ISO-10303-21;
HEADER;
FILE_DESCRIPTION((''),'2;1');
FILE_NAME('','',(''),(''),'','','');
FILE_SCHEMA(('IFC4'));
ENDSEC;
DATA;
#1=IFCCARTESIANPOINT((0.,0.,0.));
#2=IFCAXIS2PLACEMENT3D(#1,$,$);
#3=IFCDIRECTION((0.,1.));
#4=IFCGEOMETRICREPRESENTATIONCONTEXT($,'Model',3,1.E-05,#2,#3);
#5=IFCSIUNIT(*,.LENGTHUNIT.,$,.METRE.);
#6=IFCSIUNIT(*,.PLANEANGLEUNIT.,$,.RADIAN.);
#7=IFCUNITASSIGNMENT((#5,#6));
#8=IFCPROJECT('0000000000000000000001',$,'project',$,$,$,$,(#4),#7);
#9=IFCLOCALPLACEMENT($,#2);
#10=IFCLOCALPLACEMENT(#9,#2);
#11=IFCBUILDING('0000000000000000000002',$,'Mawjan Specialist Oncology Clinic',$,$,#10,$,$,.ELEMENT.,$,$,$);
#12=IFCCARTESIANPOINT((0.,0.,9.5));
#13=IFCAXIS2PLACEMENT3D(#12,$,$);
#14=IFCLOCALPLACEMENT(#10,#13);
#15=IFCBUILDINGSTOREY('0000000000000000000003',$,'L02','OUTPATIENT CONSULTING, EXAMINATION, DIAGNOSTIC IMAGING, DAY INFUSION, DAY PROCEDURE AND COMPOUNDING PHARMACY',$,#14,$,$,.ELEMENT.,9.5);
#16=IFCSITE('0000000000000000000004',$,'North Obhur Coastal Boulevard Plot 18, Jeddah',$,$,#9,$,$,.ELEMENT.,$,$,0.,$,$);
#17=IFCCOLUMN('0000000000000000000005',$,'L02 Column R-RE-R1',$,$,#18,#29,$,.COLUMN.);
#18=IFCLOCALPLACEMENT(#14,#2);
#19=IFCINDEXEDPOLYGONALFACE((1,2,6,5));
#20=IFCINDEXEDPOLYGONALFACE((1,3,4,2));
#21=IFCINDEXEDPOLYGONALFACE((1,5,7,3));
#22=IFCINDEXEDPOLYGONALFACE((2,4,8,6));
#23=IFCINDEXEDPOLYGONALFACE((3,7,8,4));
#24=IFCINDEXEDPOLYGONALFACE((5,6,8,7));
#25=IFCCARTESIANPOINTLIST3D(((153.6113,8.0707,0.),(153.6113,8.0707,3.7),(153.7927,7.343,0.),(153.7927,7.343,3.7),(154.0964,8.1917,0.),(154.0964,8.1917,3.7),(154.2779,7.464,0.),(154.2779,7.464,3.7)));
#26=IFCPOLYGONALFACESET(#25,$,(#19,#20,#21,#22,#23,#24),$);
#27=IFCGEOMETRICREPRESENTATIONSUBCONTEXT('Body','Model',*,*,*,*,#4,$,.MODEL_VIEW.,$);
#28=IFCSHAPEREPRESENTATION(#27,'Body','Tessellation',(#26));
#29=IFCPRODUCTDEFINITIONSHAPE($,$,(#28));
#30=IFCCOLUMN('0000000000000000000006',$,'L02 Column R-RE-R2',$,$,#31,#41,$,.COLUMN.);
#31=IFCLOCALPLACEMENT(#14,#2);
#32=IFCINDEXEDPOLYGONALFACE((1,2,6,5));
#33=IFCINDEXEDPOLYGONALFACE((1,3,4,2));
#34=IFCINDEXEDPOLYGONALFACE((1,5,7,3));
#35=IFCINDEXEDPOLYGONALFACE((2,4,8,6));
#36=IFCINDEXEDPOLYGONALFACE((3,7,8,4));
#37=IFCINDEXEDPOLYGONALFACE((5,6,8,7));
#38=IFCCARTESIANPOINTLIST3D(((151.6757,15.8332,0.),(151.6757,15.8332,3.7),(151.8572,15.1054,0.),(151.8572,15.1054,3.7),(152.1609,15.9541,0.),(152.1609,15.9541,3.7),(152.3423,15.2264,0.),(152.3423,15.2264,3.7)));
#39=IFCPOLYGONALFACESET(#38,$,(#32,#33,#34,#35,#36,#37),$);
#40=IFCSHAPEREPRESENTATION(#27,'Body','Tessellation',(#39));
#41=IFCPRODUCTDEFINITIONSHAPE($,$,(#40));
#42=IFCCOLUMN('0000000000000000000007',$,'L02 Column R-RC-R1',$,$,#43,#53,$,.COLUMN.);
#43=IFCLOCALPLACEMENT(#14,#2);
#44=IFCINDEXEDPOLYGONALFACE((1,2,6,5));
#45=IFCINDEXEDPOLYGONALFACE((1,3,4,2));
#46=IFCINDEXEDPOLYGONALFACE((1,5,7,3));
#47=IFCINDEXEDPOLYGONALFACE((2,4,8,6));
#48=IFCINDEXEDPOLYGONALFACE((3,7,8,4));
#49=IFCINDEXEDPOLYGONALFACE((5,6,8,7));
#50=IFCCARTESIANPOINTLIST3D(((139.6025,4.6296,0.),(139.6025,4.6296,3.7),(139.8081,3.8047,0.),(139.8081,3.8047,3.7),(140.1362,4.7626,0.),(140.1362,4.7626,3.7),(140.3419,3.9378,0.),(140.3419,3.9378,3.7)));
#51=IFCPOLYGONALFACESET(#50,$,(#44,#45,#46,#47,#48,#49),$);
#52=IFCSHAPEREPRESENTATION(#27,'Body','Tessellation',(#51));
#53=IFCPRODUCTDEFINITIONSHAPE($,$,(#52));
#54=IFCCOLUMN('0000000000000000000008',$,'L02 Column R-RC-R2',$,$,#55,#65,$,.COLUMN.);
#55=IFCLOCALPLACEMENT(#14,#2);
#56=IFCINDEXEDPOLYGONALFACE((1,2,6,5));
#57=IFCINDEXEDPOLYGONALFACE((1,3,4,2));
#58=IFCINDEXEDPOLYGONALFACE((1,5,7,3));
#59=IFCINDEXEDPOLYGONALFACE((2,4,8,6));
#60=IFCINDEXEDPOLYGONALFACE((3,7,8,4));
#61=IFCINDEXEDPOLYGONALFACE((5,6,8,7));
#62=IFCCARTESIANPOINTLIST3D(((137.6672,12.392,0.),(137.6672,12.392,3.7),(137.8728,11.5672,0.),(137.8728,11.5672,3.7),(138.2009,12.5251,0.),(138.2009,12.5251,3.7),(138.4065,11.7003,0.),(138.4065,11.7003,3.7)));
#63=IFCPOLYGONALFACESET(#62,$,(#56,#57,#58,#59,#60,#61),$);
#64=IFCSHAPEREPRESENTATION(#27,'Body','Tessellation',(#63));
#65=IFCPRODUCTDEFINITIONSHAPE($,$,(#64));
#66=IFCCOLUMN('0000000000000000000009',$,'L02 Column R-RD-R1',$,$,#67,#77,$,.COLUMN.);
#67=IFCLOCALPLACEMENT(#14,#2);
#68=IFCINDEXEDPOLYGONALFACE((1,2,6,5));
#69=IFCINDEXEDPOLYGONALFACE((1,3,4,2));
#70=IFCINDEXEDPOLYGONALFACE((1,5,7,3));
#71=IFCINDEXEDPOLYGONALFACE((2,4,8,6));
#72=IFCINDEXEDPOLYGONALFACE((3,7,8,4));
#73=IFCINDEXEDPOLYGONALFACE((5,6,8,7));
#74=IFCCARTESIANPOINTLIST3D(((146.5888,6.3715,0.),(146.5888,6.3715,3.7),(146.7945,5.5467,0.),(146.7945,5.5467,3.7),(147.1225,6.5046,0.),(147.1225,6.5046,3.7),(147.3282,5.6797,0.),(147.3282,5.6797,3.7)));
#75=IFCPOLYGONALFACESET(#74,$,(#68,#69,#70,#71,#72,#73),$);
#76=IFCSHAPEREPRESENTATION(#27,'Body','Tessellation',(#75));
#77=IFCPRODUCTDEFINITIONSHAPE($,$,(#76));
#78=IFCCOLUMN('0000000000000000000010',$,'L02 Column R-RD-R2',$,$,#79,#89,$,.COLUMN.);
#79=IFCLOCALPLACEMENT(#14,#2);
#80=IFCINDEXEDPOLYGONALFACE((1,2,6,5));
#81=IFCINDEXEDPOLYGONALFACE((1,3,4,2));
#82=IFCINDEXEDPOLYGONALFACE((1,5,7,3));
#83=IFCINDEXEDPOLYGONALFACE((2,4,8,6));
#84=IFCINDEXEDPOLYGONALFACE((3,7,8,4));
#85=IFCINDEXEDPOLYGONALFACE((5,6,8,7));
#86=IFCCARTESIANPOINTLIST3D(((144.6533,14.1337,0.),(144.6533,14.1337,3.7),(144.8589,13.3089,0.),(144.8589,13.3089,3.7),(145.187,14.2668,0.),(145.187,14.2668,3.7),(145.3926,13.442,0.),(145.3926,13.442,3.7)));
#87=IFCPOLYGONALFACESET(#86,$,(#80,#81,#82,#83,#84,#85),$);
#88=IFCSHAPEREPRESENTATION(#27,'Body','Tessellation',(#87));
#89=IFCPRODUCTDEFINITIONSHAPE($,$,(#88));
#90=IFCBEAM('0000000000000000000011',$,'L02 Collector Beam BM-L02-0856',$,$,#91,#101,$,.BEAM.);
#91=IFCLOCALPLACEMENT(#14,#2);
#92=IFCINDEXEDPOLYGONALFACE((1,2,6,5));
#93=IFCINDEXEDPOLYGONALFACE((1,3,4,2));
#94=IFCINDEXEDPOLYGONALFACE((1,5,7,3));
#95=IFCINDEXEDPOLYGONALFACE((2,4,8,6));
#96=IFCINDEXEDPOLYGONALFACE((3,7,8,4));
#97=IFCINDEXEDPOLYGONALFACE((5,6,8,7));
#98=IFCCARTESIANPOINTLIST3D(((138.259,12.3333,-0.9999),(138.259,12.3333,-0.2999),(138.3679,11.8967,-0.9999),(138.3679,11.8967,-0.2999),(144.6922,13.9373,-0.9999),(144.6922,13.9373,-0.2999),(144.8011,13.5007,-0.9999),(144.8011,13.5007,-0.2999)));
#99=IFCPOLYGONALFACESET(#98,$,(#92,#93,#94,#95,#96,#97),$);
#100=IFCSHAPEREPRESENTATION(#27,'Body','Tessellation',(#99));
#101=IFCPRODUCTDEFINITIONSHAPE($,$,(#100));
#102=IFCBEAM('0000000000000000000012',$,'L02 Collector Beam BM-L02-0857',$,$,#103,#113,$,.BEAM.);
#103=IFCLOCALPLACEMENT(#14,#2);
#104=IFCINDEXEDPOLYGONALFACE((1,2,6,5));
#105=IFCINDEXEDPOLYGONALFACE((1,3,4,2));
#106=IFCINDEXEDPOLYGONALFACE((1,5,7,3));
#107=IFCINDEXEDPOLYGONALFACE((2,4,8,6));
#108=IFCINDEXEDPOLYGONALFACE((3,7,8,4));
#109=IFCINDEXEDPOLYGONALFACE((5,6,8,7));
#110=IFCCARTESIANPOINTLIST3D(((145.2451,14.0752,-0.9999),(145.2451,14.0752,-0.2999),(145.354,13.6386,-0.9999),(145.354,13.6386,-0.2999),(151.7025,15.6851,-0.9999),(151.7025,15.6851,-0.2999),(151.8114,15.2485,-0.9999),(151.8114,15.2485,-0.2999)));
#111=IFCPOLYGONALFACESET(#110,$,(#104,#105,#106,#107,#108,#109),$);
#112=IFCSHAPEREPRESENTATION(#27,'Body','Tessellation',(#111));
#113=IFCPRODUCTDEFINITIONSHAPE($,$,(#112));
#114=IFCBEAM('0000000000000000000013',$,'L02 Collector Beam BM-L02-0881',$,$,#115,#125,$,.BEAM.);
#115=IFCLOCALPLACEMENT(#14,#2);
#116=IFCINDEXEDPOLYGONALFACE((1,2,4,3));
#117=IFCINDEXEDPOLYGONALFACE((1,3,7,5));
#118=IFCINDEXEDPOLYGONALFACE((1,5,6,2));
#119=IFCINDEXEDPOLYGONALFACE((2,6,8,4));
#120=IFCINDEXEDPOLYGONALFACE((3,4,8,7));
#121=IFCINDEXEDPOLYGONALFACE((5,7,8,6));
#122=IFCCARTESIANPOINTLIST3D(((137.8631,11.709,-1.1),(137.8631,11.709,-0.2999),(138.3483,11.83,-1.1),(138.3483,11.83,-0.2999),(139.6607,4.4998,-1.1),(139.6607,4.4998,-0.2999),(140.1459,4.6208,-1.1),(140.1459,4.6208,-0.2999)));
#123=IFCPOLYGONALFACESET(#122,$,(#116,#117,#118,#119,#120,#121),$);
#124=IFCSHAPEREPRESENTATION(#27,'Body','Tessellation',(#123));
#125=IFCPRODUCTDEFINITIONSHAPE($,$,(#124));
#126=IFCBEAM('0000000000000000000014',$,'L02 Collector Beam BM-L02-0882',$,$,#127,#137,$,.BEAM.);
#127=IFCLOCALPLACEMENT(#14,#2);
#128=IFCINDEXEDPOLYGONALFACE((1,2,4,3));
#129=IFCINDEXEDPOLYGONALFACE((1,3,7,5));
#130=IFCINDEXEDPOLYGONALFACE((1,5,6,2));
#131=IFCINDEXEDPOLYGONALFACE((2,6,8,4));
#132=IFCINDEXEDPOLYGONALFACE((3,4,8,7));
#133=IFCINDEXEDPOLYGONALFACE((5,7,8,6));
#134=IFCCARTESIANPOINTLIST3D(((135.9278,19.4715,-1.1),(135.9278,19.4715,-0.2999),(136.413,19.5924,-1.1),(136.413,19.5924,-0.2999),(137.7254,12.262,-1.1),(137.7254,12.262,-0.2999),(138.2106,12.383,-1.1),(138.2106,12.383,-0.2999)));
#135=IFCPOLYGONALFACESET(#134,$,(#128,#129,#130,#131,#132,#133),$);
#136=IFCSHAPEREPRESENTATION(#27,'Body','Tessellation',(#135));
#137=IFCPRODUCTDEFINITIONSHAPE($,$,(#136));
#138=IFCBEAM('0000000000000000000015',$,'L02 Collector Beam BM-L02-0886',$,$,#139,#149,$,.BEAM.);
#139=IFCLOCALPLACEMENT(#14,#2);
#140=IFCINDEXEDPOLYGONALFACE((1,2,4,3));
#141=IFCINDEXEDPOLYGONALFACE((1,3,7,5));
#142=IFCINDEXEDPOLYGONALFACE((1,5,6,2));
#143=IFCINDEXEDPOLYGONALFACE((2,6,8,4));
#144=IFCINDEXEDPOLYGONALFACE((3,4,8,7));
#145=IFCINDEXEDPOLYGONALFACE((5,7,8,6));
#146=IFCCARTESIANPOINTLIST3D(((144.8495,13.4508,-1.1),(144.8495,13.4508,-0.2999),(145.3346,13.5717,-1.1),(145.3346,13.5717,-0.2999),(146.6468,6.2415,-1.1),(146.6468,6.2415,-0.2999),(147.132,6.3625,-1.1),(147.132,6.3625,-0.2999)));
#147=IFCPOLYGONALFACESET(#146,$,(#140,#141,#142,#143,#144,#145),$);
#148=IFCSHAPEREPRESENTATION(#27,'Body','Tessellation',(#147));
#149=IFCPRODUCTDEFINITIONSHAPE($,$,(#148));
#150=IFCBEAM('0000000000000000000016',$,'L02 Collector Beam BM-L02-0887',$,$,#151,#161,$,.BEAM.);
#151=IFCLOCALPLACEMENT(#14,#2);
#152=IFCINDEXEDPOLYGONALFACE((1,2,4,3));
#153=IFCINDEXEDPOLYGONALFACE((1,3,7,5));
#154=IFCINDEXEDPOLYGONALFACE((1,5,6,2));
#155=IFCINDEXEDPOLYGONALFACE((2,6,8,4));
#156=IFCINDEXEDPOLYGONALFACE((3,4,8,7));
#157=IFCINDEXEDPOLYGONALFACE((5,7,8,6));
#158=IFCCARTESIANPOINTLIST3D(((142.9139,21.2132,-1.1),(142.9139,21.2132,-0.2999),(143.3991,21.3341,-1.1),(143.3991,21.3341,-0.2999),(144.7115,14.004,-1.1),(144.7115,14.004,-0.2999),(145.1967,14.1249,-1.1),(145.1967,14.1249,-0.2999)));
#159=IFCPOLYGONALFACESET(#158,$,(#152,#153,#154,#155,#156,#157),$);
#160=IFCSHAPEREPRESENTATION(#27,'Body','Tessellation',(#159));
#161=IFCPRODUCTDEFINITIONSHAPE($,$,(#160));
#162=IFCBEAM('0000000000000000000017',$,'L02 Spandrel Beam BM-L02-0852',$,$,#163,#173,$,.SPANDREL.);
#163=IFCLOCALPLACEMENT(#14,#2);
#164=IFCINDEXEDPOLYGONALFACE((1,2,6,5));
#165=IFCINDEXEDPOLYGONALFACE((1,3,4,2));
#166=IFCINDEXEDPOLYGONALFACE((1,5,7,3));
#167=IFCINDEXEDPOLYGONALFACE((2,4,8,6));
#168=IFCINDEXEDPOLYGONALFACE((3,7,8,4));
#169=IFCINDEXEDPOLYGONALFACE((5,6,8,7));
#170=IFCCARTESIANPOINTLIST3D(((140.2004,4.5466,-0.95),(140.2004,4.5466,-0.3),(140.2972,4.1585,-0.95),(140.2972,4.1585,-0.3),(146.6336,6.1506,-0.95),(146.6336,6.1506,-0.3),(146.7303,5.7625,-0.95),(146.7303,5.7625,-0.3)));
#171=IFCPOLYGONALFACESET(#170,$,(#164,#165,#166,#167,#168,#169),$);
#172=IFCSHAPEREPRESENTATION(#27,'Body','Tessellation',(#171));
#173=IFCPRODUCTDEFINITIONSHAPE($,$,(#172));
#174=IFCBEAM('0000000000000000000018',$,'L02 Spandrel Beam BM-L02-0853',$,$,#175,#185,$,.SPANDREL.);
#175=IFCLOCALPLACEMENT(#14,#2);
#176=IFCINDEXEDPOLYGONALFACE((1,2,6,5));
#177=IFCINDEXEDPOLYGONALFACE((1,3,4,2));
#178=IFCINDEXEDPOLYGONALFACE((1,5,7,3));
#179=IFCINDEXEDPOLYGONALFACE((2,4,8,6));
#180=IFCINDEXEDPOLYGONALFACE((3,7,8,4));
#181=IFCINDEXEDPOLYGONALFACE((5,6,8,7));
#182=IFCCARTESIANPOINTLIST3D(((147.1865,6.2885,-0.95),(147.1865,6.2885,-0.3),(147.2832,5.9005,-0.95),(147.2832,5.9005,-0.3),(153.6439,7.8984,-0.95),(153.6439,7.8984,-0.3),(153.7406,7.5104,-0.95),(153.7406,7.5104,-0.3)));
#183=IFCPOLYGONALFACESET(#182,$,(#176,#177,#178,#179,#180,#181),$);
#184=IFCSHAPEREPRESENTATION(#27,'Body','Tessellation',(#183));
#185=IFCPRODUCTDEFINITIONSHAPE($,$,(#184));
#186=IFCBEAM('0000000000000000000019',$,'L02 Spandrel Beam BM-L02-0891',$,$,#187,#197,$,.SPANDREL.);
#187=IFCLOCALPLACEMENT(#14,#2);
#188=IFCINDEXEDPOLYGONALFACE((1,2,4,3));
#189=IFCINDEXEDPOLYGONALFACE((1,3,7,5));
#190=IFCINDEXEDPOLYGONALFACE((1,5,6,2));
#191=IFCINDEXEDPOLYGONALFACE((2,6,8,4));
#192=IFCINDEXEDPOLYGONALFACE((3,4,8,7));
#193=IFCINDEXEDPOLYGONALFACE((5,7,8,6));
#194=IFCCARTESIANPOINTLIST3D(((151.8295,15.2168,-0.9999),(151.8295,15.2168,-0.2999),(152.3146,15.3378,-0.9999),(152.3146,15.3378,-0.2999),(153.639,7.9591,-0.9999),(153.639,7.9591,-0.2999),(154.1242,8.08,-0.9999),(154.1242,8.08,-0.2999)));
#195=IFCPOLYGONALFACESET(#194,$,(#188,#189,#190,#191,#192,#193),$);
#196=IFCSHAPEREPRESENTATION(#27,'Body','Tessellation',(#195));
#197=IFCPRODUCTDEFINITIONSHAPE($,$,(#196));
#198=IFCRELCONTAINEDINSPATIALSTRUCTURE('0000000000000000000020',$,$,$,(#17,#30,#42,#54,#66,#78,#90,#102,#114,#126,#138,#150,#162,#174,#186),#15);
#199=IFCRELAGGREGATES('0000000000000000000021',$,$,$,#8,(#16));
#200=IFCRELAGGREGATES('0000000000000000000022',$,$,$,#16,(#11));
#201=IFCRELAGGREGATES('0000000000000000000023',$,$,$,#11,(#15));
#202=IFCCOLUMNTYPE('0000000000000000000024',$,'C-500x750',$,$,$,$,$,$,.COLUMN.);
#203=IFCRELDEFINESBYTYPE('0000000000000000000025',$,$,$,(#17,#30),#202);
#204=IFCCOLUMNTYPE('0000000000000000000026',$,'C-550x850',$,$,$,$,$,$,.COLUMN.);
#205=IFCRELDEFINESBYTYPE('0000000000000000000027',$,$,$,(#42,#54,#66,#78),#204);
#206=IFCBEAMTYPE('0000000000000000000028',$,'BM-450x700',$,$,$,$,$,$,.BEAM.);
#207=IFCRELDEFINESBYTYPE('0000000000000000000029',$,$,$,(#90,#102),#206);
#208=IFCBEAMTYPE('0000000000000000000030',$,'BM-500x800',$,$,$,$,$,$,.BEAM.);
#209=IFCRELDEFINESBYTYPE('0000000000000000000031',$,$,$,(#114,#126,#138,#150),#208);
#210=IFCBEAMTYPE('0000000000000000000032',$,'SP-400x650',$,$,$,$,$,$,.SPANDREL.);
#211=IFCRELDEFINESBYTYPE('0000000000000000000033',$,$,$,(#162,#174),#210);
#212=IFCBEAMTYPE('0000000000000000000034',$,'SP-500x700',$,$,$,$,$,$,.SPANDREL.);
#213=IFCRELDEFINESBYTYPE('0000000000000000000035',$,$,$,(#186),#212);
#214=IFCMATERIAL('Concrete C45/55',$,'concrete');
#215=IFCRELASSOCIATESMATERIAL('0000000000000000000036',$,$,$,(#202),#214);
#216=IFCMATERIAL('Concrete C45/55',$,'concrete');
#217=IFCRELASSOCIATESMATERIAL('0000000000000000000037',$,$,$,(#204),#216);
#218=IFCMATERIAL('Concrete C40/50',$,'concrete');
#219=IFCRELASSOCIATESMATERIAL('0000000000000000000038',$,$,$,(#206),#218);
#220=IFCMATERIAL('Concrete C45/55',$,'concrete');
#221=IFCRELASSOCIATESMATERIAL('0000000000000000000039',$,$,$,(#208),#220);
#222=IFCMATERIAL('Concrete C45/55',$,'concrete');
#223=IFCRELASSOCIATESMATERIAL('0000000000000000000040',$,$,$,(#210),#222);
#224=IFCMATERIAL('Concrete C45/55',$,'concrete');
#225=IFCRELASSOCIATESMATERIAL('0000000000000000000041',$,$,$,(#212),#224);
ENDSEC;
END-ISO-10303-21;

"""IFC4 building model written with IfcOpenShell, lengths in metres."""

from ifc_helpers import new_model, si_unit, direction, frame, origin, origin_2d, place, context, subcontext, project, spatial, rectangle, extrude, material, material_profile, profile_set, type_object, element, save


model = new_model("IFC4")

# Units and contexts
model_context = context("Model", 3, precision=1e-05, world=origin(), true_north=direction((0.0, 1.0)))
body_context = subcontext(model_context, "Body", "Model", "MODEL_VIEW")
ifc_project = project(units=[si_unit("LENGTHUNIT", "METRE"), si_unit("PLANEANGLEUNIT", "RADIAN")], contexts=[model_context])

# Site, building, storey
site_placement = place(None, origin())
site = spatial("IfcSite", under=ifc_project, at=site_placement, Name="North Obhur Coastal Boulevard Plot 18, Jeddah", CompositionType="ELEMENT", RefElevation=0.0)
building_placement = place(site_placement, origin())
building = spatial("IfcBuilding", under=site, at=building_placement, Name="Mawjan Specialist Oncology Clinic", CompositionType="ELEMENT")
storey_placement = place(building_placement, frame((0.0, 0.0, 9.5)))
storey = spatial("IfcBuildingStorey", under=building, at=storey_placement, Name="L02", Description="OUTPATIENT CONSULTING, EXAMINATION, DIAGNOSTIC IMAGING, DAY INFUSION, DAY PROCEDURE AND COMPOUNDING PHARMACY", CompositionType="ELEMENT", Elevation=9.5)

# Columns
ifc_material_1 = material(Name="Concrete C45/55", Category="concrete")
ifc_material_profile_1 = material_profile(ifc_material_1, rectangle(XDim=0.5, YDim=0.75, at=origin_2d()), Name="RC COL 500x750", Category="concrete")
ifc_profile_set_1 = profile_set([ifc_material_profile_1], Name="Concrete C45/55")
column_type_1 = type_object("IfcColumnType", Name="C-500x750", PredefinedType="COLUMN", material=ifc_profile_set_1)
for number, where, z_axis, x_axis, name in (
    (1, (153.9446, 7.7673, 0.0), (0.0, 0.0, 1.0), (0.970296, 0.241922, 0.0), "L02 Column R-RE-R1"),
    (2, (152.009, 15.5298, 0.0), (0.0, 0.0, 1.0), (0.970296, 0.241922, 0.0), "L02 Column R-RE-R2"),
):
    element("IfcColumn", number, at=place(storey_placement, frame(where, z_axis=z_axis, x_axis=x_axis)), inside=storey, type_object=column_type_1, Name=name, PredefinedType="COLUMN", context=body_context, shape_type="SweptSolid", body=[
        extrude(rectangle(XDim=0.5, YDim=0.75, at=origin_2d()), origin(), (0.0, 0.0, 1.0), 3.7),
    ])
ifc_material_2 = material(Name="Concrete C45/55", Category="concrete")
ifc_material_profile_2 = material_profile(ifc_material_2, rectangle(XDim=0.55, YDim=0.8501, at=origin_2d()), Name="RC COL 550x850", Category="concrete")
ifc_profile_set_2 = profile_set([ifc_material_profile_2], Name="Concrete C45/55")
column_type_2 = type_object("IfcColumnType", Name="C-550x850", PredefinedType="COLUMN", material=ifc_profile_set_2)
for number, where, z_axis, x_axis, name in (
    (3, (139.9722, 4.2837, 0.0), (0.0, 0.0, 1.0), (0.970296, 0.241922, 0.0), "L02 Column R-RC-R1"),
    (4, (138.0369, 12.0461, 0.0), (0.0, 0.0, 1.0), (0.970296, 0.241922, 0.0), "L02 Column R-RC-R2"),
    (5, (146.9585, 6.0256, 0.0), (0.0, 0.0, 1.0), (0.970296, 0.241922, 0.0), "L02 Column R-RD-R1"),
    (6, (145.0229, 13.7878, 0.0), (0.0, 0.0, 1.0), (0.970296, 0.241922, 0.0), "L02 Column R-RD-R2"),
):
    element("IfcColumn", number, at=place(storey_placement, frame(where, z_axis=z_axis, x_axis=x_axis)), inside=storey, type_object=column_type_2, Name=name, PredefinedType="COLUMN", context=body_context, shape_type="SweptSolid", body=[
        extrude(rectangle(XDim=0.55, YDim=0.8501, at=origin_2d()), origin(), (0.0, 0.0, 1.0), 3.7),
    ])

# Beams
ifc_material_3 = material(Name="Concrete C40/50", Category="concrete")
ifc_material_profile_3 = material_profile(ifc_material_3, rectangle(XDim=0.45, YDim=0.7, at=origin_2d()), Name="RC BM 450x700", Category="concrete")
ifc_profile_set_3 = profile_set([ifc_material_profile_3], Name="Concrete C40/50")
beam_type_1 = type_object("IfcBeamType", Name="BM-450x700", PredefinedType="BEAM", material=ifc_profile_set_3)
beam_1_placement = place(storey_placement, frame((138.3135, 12.115, -0.6499), z_axis=(0.970294, 0.241929, 0.0), x_axis=(-0.241929, 0.970294, 0.0)))
element("IfcBeam", 7, at=beam_1_placement, inside=storey, type_object=beam_type_1, Name="L02 Collector Beam BM-L02-0856", PredefinedType="BEAM", context=body_context, shape_type="SweptSolid", body=[
    extrude(rectangle(XDim=0.45, YDim=0.7, at=origin_2d()), origin(), (0.0, 0.0, 1.0), 6.6301),
])
beam_2_placement = place(storey_placement, frame((145.2996, 13.8569, -0.6499), z_axis=(0.9703, 0.241905, 0.0), x_axis=(-0.241905, 0.9703, 0.0)))
element("IfcBeam", 8, at=beam_2_placement, inside=storey, type_object=beam_type_1, Name="L02 Collector Beam BM-L02-0857", PredefinedType="BEAM", context=body_context, shape_type="SweptSolid", body=[
    extrude(rectangle(XDim=0.45, YDim=0.7, at=origin_2d()), origin(), (0.0, 0.0, 1.0), 6.655),
])
ifc_material_4 = material(Name="Concrete C45/55", Category="concrete")
ifc_material_profile_4 = material_profile(ifc_material_4, rectangle(XDim=0.5, YDim=0.8, at=origin_2d()), Name="RC BM 500x800", Category="concrete")
ifc_profile_set_4 = profile_set([ifc_material_profile_4], Name="Concrete C45/55")
beam_type_2 = type_object("IfcBeamType", Name="BM-500x800", PredefinedType="BEAM", material=ifc_profile_set_4)
beam_3_placement = place(storey_placement, frame((139.9033, 4.5603, -0.7), z_axis=(-0.24194, 0.970291, 0.0), x_axis=(-0.970291, -0.24194, 0.0)))
element("IfcBeam", 9, at=beam_3_placement, inside=storey, type_object=beam_type_2, Name="L02 Collector Beam BM-L02-0881", PredefinedType="BEAM", context=body_context, shape_type="SweptSolid", body=[
    extrude(rectangle(XDim=0.5, YDim=0.8, at=origin_2d()), origin(), (0.0, 0.0, 1.0), 7.4299),
])
beam_4_placement = place(storey_placement, frame((137.968, 12.3225, -0.7), z_axis=(-0.241933, 0.970293, 0.0), x_axis=(-0.970293, -0.241933, 0.0)))
element("IfcBeam", 10, at=beam_4_placement, inside=storey, type_object=beam_type_2, Name="L02 Collector Beam BM-L02-0882", PredefinedType="BEAM", context=body_context, shape_type="SweptSolid", body=[
    extrude(rectangle(XDim=0.5, YDim=0.8, at=origin_2d()), origin(), (0.0, 0.0, 1.0), 7.4302),
])
for number, where, z_axis, x_axis, name in (
    (11, (146.8894, 6.302, -0.7), (-0.241909, 0.970299, 0.0), (-0.970299, -0.241909, 0.0), "L02 Collector Beam BM-L02-0886"),
    (12, (144.9541, 14.0645, -0.7), (-0.24194, 0.970291, 0.0), (-0.970291, -0.24194, 0.0), "L02 Collector Beam BM-L02-0887"),
):
    element("IfcBeam", number, at=place(storey_placement, frame(where, z_axis=z_axis, x_axis=x_axis)), inside=storey, type_object=beam_type_2, Name=name, PredefinedType="BEAM", context=body_context, shape_type="SweptSolid", body=[
        extrude(rectangle(XDim=0.5, YDim=0.8, at=origin_2d()), origin(), (0.0, 0.0, 1.0), 7.4299),
    ])
ifc_material_5 = material(Name="Concrete C45/55", Category="concrete")
ifc_material_profile_5 = material_profile(ifc_material_5, rectangle(XDim=0.3999, YDim=0.6499, at=origin_2d()), Name="RC BM 400x650", Category="concrete")
ifc_profile_set_5 = profile_set([ifc_material_profile_5], Name="Concrete C45/55")
beam_type_3 = type_object("IfcBeamType", Name="SP-400x650", PredefinedType="SPANDREL", material=ifc_profile_set_5)
beam_5_placement = place(storey_placement, frame((140.2488, 4.3525, -0.625), z_axis=(0.970294, 0.241929, 0.0), x_axis=(-0.241929, 0.970294, 0.0)))
element("IfcBeam", 13, at=beam_5_placement, inside=storey, type_object=beam_type_3, Name="L02 Spandrel Beam BM-L02-0852", PredefinedType="SPANDREL", context=body_context, shape_type="SweptSolid", body=[
    extrude(rectangle(XDim=0.3999, YDim=0.6499, at=origin_2d()), origin(), (0.0, 0.0, 1.0), 6.6301),
])
beam_6_placement = place(storey_placement, frame((147.2349, 6.0945, -0.625), z_axis=(0.9703, 0.241905, 0.0), x_axis=(-0.241905, 0.9703, 0.0)))
element("IfcBeam", 14, at=beam_6_placement, inside=storey, type_object=beam_type_3, Name="L02 Spandrel Beam BM-L02-0853", PredefinedType="SPANDREL", context=body_context, shape_type="SweptSolid", body=[
    extrude(rectangle(XDim=0.3999, YDim=0.6499, at=origin_2d()), origin(), (0.0, 0.0, 1.0), 6.655),
])
ifc_material_6 = material(Name="Concrete C45/55", Category="concrete")
ifc_material_profile_6 = material_profile(ifc_material_6, rectangle(XDim=0.5, YDim=0.7, at=origin_2d()), Name="RC BM 500x700", Category="concrete")
ifc_profile_set_6 = profile_set([ifc_material_profile_6], Name="Concrete C45/55")
beam_type_4 = type_object("IfcBeamType", Name="SP-500x700", PredefinedType="SPANDREL", material=ifc_profile_set_6)
beam_7_placement = place(storey_placement, frame((153.8816, 8.0195, -0.6499), z_axis=(-0.241921, 0.970296, 0.0), x_axis=(-0.970296, -0.241921, 0.0)))
element("IfcBeam", 15, at=beam_7_placement, inside=storey, type_object=beam_type_4, Name="L02 Spandrel Beam BM-L02-0891", PredefinedType="SPANDREL", context=body_context, shape_type="SweptSolid", body=[
    extrude(rectangle(XDim=0.5, YDim=0.7, at=origin_2d()), origin(), (0.0, 0.0, 1.0), 7.48),
])

save(model, "model.ifc")
